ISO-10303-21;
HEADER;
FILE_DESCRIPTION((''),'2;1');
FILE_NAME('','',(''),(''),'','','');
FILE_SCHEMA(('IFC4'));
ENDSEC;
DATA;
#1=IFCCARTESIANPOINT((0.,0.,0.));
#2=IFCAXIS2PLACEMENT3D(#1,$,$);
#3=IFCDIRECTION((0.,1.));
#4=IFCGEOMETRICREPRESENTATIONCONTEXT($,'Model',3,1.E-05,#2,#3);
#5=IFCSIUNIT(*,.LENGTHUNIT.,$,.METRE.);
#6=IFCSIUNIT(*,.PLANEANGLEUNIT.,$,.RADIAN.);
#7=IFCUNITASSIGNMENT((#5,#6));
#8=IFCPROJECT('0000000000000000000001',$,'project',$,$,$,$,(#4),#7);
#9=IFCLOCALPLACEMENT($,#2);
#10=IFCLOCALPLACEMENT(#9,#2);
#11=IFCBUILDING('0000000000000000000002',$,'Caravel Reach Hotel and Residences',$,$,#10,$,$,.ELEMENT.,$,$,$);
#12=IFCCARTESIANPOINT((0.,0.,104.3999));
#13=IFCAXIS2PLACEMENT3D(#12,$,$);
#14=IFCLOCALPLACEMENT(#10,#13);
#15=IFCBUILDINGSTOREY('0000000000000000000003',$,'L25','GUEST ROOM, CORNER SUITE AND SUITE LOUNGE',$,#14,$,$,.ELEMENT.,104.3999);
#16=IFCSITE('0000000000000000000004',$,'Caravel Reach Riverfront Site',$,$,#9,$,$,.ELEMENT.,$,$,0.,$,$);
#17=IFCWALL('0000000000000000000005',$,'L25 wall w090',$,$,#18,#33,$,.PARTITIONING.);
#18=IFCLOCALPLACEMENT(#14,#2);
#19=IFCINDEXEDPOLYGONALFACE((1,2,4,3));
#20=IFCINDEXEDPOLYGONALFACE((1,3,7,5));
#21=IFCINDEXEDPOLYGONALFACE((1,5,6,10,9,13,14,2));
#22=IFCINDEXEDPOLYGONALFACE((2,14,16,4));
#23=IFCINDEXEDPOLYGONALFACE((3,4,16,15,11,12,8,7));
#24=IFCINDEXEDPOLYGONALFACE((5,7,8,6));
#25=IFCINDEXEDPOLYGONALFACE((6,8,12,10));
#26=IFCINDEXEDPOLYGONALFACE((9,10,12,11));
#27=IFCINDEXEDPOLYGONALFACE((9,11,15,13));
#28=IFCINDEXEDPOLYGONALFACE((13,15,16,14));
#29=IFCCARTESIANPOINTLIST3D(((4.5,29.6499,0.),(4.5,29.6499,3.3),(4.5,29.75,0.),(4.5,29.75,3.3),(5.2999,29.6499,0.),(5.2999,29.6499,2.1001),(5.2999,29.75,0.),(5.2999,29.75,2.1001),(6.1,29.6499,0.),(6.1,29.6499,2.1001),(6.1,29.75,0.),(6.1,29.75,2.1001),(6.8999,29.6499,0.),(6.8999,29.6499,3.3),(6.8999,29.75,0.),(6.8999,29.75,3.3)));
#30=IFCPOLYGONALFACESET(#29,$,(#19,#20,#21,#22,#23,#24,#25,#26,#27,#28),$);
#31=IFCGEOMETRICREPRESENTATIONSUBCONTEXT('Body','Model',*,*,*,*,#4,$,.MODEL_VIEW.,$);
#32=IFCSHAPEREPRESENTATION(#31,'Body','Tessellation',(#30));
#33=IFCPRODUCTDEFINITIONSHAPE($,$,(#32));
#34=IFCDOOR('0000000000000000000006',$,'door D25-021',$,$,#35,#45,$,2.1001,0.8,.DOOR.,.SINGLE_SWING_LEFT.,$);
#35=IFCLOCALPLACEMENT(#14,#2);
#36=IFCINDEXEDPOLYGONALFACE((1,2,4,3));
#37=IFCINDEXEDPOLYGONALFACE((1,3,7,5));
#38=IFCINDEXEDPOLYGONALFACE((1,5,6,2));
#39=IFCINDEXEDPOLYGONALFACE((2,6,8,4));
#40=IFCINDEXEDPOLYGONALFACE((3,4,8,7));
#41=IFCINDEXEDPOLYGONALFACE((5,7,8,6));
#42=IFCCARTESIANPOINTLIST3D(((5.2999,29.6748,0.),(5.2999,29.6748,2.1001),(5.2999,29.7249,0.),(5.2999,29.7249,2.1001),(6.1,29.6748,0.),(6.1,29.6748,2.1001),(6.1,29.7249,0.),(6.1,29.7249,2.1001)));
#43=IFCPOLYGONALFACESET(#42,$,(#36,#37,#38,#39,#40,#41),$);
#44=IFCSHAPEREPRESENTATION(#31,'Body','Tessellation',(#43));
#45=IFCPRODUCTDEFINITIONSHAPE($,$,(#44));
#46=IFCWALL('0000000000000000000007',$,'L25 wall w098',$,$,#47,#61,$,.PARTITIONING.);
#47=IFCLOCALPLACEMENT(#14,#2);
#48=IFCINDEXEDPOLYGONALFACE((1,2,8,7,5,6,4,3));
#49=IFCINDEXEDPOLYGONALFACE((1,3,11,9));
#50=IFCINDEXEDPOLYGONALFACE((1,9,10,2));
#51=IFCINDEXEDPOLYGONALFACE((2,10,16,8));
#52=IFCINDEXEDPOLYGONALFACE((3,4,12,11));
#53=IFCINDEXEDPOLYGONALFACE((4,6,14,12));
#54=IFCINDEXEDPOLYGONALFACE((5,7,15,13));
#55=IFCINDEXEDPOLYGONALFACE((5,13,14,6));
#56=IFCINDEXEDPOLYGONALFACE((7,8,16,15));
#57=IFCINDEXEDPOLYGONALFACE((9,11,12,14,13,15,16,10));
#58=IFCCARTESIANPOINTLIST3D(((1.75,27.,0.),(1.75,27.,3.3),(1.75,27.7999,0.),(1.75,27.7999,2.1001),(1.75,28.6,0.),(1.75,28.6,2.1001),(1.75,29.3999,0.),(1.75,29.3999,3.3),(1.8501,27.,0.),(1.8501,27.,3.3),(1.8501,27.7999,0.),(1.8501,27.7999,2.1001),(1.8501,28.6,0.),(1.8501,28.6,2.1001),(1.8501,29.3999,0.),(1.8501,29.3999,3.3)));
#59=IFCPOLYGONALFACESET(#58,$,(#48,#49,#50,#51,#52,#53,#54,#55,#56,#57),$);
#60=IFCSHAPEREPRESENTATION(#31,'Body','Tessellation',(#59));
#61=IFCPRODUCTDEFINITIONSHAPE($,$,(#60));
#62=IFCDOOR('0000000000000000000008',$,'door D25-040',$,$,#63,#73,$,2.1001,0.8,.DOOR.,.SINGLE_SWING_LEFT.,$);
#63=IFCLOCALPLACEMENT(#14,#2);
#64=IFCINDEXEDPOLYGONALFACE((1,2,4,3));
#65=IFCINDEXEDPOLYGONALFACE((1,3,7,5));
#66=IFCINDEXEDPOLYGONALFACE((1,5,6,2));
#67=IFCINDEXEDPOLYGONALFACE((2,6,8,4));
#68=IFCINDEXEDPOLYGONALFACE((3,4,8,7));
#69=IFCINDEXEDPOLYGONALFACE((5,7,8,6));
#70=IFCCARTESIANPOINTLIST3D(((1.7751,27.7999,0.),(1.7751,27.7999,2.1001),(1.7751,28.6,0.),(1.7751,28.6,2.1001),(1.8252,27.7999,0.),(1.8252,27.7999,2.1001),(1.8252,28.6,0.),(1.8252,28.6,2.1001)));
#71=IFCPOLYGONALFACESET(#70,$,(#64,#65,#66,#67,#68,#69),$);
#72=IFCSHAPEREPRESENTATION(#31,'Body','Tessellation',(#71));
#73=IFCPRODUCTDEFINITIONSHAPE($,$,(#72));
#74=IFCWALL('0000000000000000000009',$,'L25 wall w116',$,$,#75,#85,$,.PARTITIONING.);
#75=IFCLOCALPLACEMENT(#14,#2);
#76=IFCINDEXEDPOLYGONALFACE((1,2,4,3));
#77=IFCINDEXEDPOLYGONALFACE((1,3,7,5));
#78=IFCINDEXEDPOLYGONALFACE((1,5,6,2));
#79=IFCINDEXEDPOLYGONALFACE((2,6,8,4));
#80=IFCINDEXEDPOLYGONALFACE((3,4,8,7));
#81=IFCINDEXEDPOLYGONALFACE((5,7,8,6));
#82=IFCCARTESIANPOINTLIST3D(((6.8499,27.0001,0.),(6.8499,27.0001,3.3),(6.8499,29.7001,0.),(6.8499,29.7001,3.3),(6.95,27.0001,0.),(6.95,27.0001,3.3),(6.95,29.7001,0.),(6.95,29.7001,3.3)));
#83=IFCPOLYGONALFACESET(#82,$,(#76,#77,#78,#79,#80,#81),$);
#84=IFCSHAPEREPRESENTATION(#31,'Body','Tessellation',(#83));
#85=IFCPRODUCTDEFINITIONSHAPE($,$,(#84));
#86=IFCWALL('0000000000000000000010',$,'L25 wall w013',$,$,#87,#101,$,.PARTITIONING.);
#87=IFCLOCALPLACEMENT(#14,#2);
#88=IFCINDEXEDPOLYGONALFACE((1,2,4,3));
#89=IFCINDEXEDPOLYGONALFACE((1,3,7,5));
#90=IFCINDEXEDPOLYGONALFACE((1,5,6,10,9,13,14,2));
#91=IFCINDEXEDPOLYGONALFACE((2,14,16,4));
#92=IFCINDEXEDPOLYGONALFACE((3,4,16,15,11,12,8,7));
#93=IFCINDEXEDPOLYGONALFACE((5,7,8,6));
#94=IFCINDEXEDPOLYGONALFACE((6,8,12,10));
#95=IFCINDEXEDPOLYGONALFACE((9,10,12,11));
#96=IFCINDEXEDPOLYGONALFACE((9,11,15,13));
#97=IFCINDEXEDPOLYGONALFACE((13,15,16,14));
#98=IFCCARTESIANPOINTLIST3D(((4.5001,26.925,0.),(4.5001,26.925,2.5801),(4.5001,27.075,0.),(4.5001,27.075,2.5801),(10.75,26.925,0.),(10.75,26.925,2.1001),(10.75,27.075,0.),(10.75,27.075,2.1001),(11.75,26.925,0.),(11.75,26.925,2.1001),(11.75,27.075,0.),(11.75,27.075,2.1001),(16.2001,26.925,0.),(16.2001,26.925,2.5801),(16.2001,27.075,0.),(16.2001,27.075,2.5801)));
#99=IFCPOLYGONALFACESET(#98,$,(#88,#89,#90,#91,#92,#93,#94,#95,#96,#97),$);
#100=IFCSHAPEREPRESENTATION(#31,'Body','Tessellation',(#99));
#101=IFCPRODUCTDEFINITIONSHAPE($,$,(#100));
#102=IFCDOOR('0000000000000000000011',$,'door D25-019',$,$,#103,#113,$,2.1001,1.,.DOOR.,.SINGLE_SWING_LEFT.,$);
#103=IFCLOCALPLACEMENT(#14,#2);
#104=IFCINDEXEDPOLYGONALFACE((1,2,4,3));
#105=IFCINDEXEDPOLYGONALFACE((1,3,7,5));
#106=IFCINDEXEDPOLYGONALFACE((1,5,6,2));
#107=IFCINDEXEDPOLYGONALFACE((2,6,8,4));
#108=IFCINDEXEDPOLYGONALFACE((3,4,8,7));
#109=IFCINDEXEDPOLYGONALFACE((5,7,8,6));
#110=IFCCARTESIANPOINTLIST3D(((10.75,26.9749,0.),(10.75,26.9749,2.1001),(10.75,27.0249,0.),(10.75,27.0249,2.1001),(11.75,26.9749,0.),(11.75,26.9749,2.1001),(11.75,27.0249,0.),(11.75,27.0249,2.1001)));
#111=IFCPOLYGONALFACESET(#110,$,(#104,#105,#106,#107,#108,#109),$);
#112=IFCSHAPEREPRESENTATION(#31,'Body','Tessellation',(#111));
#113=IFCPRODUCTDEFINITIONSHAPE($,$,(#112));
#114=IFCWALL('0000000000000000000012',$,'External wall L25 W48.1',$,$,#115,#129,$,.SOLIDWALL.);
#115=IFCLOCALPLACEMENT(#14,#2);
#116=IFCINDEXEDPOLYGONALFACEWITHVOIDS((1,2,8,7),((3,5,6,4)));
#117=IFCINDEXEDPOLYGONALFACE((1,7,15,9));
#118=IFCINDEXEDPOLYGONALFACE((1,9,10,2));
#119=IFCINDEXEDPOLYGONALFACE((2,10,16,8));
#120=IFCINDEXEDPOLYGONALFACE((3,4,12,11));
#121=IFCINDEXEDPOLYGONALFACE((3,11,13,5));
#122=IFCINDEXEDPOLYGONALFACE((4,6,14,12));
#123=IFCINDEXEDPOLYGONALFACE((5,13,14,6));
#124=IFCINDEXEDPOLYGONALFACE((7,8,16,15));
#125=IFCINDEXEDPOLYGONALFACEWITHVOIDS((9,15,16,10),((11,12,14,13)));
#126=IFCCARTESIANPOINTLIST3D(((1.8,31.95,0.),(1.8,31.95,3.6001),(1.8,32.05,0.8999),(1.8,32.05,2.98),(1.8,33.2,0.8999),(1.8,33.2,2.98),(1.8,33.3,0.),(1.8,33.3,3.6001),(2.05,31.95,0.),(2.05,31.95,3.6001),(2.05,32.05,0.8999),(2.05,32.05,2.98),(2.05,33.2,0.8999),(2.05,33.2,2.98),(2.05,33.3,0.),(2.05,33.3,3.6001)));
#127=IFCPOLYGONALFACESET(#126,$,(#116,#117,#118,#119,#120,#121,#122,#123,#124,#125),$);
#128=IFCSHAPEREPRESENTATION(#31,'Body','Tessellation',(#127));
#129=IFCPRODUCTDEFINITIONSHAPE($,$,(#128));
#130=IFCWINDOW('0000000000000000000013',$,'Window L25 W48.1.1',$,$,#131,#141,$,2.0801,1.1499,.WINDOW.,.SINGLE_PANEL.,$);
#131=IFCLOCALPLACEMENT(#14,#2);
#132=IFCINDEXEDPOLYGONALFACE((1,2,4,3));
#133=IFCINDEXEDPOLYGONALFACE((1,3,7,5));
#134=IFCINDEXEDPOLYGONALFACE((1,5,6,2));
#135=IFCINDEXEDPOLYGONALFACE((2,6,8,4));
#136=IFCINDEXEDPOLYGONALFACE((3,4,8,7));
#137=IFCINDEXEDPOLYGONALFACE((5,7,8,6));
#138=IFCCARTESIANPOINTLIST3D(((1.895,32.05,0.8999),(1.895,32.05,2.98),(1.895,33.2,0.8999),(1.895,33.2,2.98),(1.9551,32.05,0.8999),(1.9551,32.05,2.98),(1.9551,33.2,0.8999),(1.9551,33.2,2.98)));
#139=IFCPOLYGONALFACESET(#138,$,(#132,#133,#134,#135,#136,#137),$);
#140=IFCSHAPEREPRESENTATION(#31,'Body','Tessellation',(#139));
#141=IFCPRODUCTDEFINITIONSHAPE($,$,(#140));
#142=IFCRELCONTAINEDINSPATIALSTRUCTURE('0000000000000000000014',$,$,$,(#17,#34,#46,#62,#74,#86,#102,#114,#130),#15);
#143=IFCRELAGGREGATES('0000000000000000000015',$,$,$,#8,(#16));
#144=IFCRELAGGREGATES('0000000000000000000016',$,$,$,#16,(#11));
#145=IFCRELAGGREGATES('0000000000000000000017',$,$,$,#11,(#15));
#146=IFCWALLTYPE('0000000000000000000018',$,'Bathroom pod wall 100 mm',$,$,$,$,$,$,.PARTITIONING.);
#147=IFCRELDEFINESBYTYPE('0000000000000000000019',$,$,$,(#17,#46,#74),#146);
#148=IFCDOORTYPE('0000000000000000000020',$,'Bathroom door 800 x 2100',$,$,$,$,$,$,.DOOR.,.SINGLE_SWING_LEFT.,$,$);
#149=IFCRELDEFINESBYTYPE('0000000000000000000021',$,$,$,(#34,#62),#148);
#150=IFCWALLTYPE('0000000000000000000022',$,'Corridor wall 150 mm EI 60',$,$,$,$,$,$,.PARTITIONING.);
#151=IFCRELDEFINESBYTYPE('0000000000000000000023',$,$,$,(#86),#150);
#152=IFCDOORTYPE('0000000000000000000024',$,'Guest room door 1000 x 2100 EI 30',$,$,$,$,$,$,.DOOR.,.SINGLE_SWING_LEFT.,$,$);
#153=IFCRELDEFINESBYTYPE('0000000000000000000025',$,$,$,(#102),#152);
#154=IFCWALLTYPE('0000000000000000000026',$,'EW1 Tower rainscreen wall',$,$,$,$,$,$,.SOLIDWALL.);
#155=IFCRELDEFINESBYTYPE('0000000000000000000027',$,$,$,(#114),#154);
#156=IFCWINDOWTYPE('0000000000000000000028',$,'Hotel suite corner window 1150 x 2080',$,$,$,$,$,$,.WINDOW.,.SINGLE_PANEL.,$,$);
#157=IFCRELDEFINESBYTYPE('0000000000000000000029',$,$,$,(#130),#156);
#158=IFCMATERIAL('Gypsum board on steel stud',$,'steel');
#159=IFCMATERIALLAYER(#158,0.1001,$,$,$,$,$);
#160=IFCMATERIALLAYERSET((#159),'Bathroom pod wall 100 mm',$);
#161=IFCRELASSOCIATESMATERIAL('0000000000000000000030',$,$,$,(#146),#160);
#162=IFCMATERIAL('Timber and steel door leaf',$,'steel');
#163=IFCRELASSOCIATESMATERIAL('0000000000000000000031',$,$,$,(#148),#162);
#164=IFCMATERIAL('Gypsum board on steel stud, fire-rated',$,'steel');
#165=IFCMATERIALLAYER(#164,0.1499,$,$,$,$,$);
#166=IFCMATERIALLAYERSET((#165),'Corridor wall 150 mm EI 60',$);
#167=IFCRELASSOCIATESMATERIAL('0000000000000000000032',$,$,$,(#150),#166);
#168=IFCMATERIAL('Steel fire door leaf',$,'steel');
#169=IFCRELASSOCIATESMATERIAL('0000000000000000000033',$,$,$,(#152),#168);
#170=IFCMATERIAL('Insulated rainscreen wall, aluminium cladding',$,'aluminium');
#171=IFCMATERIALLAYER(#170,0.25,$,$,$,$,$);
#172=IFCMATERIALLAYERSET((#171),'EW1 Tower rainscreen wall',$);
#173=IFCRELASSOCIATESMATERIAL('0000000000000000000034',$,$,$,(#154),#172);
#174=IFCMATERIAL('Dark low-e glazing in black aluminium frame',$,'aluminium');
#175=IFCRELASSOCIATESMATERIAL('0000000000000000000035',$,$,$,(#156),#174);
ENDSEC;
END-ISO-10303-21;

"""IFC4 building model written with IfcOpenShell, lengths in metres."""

from ifc_helpers import new_model, si_unit, direction, frame, frame_2d, origin, place, context, subcontext, project, spatial, rectangle, extrude, material, layer, layer_set, type_object, element, fill, save


model = new_model("IFC4")

# Units and contexts
model_context = context("Model", 3, precision=1e-05, world=origin(), true_north=direction((0.0, 1.0)))
body_context = subcontext(model_context, "Body", "Model", "MODEL_VIEW")
ifc_project = project(units=[si_unit("LENGTHUNIT", "METRE"), si_unit("PLANEANGLEUNIT", "RADIAN")], contexts=[model_context])

# Site, building, storey
site_placement = place(None, origin())
site = spatial("IfcSite", under=ifc_project, at=site_placement, Name="Caravel Reach Riverfront Site", CompositionType="ELEMENT", RefElevation=0.0)
building_placement = place(site_placement, origin())
building = spatial("IfcBuilding", under=site, at=building_placement, Name="Caravel Reach Hotel and Residences", CompositionType="ELEMENT")
storey_placement = place(building_placement, frame((0.0, 0.0, 104.3999)))
storey = spatial("IfcBuildingStorey", under=building, at=storey_placement, Name="L25", Description="GUEST ROOM, CORNER SUITE AND SUITE LOUNGE", CompositionType="ELEMENT", Elevation=104.3999)

# Shared definitions
ifc_material_1 = material(Name="Gypsum board on steel stud", Category="steel")
ifc_layer_1 = layer(ifc_material_1, 0.1001)
ifc_layer_set_1 = layer_set([ifc_layer_1], Name="Bathroom pod wall 100 mm")
wall_type_1 = type_object("IfcWallType", Name="Bathroom pod wall 100 mm", PredefinedType="PARTITIONING", material=ifc_layer_set_1)

# Walls, openings, doors
wall_1_placement = place(storey_placement, frame((4.5, 29.7, 0.0), z_axis=(0.0, 0.0, 1.0), x_axis=(1.0, 0.0, 0.0)))
wall_1 = element("IfcWall", 1, at=wall_1_placement, inside=storey, type_object=wall_type_1, Name="L25 wall w090", PredefinedType="PARTITIONING", context=body_context, shape_type="SweptSolid", body=[
    extrude(rectangle(XDim=2.3999, YDim=0.1001, at=frame_2d((1.2, 0.0))), origin(), (0.0, 0.0, 1.0), 3.3),
])
opening_1_placement = place(wall_1_placement, frame((0.8, 0.0, 0.0)))
opening_1 = element("IfcOpeningElement", 2, at=opening_1_placement, cuts=wall_1, PredefinedType="OPENING", context=body_context, shape_type="SweptSolid", body=[
    extrude(rectangle(XDim=0.8, YDim=2.1001, at=frame_2d((0.3999, 1.05))), frame((0.0, 0.0601, 0.0), z_axis=(0.0, -1.0, 0.0), x_axis=(1.0, 0.0, 0.0)), (0.0, 0.0, 1.0), 0.1201),
])
ifc_material_2 = material(Name="Timber and steel door leaf", Category="steel")
door_type_1 = type_object("IfcDoorType", Name="Bathroom door 800 x 2100", OperationType="SINGLE_SWING_LEFT", PredefinedType="DOOR", material=ifc_material_2)
door_1_placement = place(opening_1_placement, origin())
door_1 = element("IfcDoor", 3, at=door_1_placement, inside=storey, type_object=door_type_1, Name="door D25-021", OperationType="SINGLE_SWING_LEFT", OverallHeight=2.1001, OverallWidth=0.8, PredefinedType="DOOR", context=body_context, shape_type="SweptSolid", body=[
    extrude(rectangle(XDim=0.8, YDim=2.1001, at=frame_2d((0.3999, 1.05))), frame((0.0, 0.0249, 0.0), z_axis=(0.0, -1.0, 0.0), x_axis=(1.0, 0.0, 0.0)), (0.0, 0.0, 1.0), 0.05),
])
fill(opening_1, door_1)
wall_2_placement = place(storey_placement, frame((1.8, 27.0, 0.0), z_axis=(0.0, 0.0, 1.0), x_axis=(0.0, 1.0, 0.0)))
wall_2 = element("IfcWall", 4, at=wall_2_placement, inside=storey, type_object=wall_type_1, Name="L25 wall w098", PredefinedType="PARTITIONING", context=body_context, shape_type="SweptSolid", body=[
    extrude(rectangle(XDim=2.3999, YDim=0.1001, at=frame_2d((1.2, 0.0))), origin(), (0.0, 0.0, 1.0), 3.3),
])
opening_2_placement = place(wall_2_placement, frame((0.8, 0.0, 0.0)))
opening_2 = element("IfcOpeningElement", 5, at=opening_2_placement, cuts=wall_2, PredefinedType="OPENING", context=body_context, shape_type="SweptSolid", body=[
    extrude(rectangle(XDim=0.8, YDim=2.1001, at=frame_2d((0.3999, 1.05))), frame((0.0, 0.0601, 0.0), z_axis=(0.0, -1.0, 0.0), x_axis=(1.0, 0.0, 0.0)), (0.0, 0.0, 1.0), 0.1201),
])
door_2_placement = place(opening_2_placement, origin())
door_2 = element("IfcDoor", 6, at=door_2_placement, inside=storey, type_object=door_type_1, Name="door D25-040", OperationType="SINGLE_SWING_LEFT", OverallHeight=2.1001, OverallWidth=0.8, PredefinedType="DOOR", context=body_context, shape_type="SweptSolid", body=[
    extrude(rectangle(XDim=0.8, YDim=2.1001, at=frame_2d((0.3999, 1.05))), frame((0.0, 0.0249, 0.0), z_axis=(0.0, -1.0, 0.0), x_axis=(1.0, 0.0, 0.0)), (0.0, 0.0, 1.0), 0.05),
])
fill(opening_2, door_2)

# Wall
wall_3_placement = place(storey_placement, frame((6.8999, 27.0, 0.0), z_axis=(0.0, 0.0, 1.0), x_axis=(0.0, 1.0, 0.0)))
element("IfcWall", 7, at=wall_3_placement, inside=storey, type_object=wall_type_1, Name="L25 wall w116", PredefinedType="PARTITIONING", context=body_context, shape_type="SweptSolid", body=[
    extrude(rectangle(XDim=2.7, YDim=0.1001, at=frame_2d((1.3501, 0.0))), origin(), (0.0, 0.0, 1.0), 3.3),
])

# Wall, opening, door
ifc_material_3 = material(Name="Gypsum board on steel stud, fire-rated", Category="steel")
ifc_layer_2 = layer(ifc_material_3, 0.1499)
ifc_layer_set_2 = layer_set([ifc_layer_2], Name="Corridor wall 150 mm EI 60")
wall_type_2 = type_object("IfcWallType", Name="Corridor wall 150 mm EI 60", PredefinedType="PARTITIONING", material=ifc_layer_set_2)
wall_4_placement = place(storey_placement, frame((4.5, 27.0, 0.0), z_axis=(0.0, 0.0, 1.0), x_axis=(1.0, 0.0, 0.0)))
wall_4 = element("IfcWall", 8, at=wall_4_placement, inside=storey, type_object=wall_type_2, Name="L25 wall w013", PredefinedType="PARTITIONING", context=body_context, shape_type="SweptSolid", body=[
    extrude(rectangle(XDim=11.7, YDim=0.1499, at=frame_2d((5.8501, 0.0))), origin(), (0.0, 0.0, 1.0), 2.5801),
])
opening_3_placement = place(wall_4_placement, frame((6.25, 0.0, 0.0)))
opening_3 = element("IfcOpeningElement", 9, at=opening_3_placement, cuts=wall_4, PredefinedType="OPENING", context=body_context, shape_type="SweptSolid", body=[
    extrude(rectangle(XDim=1.0, YDim=2.1001, at=frame_2d((0.5, 1.05))), frame((0.0, 0.085, 0.0), z_axis=(0.0, -1.0, 0.0), x_axis=(1.0, 0.0, 0.0)), (0.0, 0.0, 1.0), 0.1699),
])
ifc_material_4 = material(Name="Steel fire door leaf", Category="steel")
door_type_2 = type_object("IfcDoorType", Name="Guest room door 1000 x 2100 EI 30", OperationType="SINGLE_SWING_LEFT", PredefinedType="DOOR", material=ifc_material_4)
door_3_placement = place(opening_3_placement, origin())
door_3 = element("IfcDoor", 10, at=door_3_placement, inside=storey, type_object=door_type_2, Name="door D25-019", OperationType="SINGLE_SWING_LEFT", OverallHeight=2.1001, OverallWidth=1.0, PredefinedType="DOOR", context=body_context, shape_type="SweptSolid", body=[
    extrude(rectangle(XDim=1.0, YDim=2.1001, at=frame_2d((0.5, 1.05))), frame((0.0, 0.0249, 0.0), z_axis=(0.0, -1.0, 0.0), x_axis=(1.0, 0.0, 0.0)), (0.0, 0.0, 1.0), 0.05),
])
fill(opening_3, door_3)

# Wall, opening, window
ifc_material_5 = material(Name="Insulated rainscreen wall, aluminium cladding", Category="aluminium")
ifc_layer_3 = layer(ifc_material_5, 0.25)
ifc_layer_set_3 = layer_set([ifc_layer_3], Name="EW1 Tower rainscreen wall")
wall_type_3 = type_object("IfcWallType", Name="EW1 Tower rainscreen wall", PredefinedType="SOLIDWALL", material=ifc_layer_set_3)
wall_5_placement = place(storey_placement, frame((1.925, 33.3, 0.0), z_axis=(0.0, 0.0, 1.0), x_axis=(0.0, -1.0, 0.0)))
wall_5 = element("IfcWall", 11, at=wall_5_placement, inside=storey, type_object=wall_type_3, Name="External wall L25 W48.1", PredefinedType="SOLIDWALL", context=body_context, shape_type="SweptSolid", body=[
    extrude(rectangle(XDim=1.3501, YDim=0.25, at=frame_2d((0.675, 0.0))), origin(), (0.0, 0.0, 1.0), 3.6001),
])
opening_4_placement = place(wall_5_placement, frame((0.1001, 0.0, 0.8999)))
opening_4 = element("IfcOpeningElement", 12, at=opening_4_placement, cuts=wall_5, PredefinedType="OPENING", context=body_context, shape_type="SweptSolid", body=[
    extrude(rectangle(XDim=1.1499, YDim=2.0801, at=frame_2d((0.575, 1.04))), frame((0.0, 0.135, 0.0), z_axis=(0.0, -1.0, 0.0), x_axis=(1.0, 0.0, 0.0)), (0.0, 0.0, 1.0), 0.27),
])
ifc_material_6 = material(Name="Dark low-e glazing in black aluminium frame", Category="aluminium")
window_type_1 = type_object("IfcWindowType", Name="Hotel suite corner window 1150 x 2080", PartitioningType="SINGLE_PANEL", PredefinedType="WINDOW", material=ifc_material_6)
window_1_placement = place(opening_4_placement, origin())
window_1 = element("IfcWindow", 13, at=window_1_placement, inside=storey, type_object=window_type_1, Name="Window L25 W48.1.1", OverallHeight=2.0801, OverallWidth=1.1499, PartitioningType="SINGLE_PANEL", PredefinedType="WINDOW", context=body_context, shape_type="SweptSolid", body=[
    extrude(rectangle(XDim=1.1499, YDim=2.0801, at=frame_2d((0.575, 1.04))), frame((0.0, 0.03, 0.0), z_axis=(0.0, -1.0, 0.0), x_axis=(1.0, 0.0, 0.0)), (0.0, 0.0, 1.0), 0.0601),
])
fill(opening_4, window_1)

save(model, "model.ifc")
